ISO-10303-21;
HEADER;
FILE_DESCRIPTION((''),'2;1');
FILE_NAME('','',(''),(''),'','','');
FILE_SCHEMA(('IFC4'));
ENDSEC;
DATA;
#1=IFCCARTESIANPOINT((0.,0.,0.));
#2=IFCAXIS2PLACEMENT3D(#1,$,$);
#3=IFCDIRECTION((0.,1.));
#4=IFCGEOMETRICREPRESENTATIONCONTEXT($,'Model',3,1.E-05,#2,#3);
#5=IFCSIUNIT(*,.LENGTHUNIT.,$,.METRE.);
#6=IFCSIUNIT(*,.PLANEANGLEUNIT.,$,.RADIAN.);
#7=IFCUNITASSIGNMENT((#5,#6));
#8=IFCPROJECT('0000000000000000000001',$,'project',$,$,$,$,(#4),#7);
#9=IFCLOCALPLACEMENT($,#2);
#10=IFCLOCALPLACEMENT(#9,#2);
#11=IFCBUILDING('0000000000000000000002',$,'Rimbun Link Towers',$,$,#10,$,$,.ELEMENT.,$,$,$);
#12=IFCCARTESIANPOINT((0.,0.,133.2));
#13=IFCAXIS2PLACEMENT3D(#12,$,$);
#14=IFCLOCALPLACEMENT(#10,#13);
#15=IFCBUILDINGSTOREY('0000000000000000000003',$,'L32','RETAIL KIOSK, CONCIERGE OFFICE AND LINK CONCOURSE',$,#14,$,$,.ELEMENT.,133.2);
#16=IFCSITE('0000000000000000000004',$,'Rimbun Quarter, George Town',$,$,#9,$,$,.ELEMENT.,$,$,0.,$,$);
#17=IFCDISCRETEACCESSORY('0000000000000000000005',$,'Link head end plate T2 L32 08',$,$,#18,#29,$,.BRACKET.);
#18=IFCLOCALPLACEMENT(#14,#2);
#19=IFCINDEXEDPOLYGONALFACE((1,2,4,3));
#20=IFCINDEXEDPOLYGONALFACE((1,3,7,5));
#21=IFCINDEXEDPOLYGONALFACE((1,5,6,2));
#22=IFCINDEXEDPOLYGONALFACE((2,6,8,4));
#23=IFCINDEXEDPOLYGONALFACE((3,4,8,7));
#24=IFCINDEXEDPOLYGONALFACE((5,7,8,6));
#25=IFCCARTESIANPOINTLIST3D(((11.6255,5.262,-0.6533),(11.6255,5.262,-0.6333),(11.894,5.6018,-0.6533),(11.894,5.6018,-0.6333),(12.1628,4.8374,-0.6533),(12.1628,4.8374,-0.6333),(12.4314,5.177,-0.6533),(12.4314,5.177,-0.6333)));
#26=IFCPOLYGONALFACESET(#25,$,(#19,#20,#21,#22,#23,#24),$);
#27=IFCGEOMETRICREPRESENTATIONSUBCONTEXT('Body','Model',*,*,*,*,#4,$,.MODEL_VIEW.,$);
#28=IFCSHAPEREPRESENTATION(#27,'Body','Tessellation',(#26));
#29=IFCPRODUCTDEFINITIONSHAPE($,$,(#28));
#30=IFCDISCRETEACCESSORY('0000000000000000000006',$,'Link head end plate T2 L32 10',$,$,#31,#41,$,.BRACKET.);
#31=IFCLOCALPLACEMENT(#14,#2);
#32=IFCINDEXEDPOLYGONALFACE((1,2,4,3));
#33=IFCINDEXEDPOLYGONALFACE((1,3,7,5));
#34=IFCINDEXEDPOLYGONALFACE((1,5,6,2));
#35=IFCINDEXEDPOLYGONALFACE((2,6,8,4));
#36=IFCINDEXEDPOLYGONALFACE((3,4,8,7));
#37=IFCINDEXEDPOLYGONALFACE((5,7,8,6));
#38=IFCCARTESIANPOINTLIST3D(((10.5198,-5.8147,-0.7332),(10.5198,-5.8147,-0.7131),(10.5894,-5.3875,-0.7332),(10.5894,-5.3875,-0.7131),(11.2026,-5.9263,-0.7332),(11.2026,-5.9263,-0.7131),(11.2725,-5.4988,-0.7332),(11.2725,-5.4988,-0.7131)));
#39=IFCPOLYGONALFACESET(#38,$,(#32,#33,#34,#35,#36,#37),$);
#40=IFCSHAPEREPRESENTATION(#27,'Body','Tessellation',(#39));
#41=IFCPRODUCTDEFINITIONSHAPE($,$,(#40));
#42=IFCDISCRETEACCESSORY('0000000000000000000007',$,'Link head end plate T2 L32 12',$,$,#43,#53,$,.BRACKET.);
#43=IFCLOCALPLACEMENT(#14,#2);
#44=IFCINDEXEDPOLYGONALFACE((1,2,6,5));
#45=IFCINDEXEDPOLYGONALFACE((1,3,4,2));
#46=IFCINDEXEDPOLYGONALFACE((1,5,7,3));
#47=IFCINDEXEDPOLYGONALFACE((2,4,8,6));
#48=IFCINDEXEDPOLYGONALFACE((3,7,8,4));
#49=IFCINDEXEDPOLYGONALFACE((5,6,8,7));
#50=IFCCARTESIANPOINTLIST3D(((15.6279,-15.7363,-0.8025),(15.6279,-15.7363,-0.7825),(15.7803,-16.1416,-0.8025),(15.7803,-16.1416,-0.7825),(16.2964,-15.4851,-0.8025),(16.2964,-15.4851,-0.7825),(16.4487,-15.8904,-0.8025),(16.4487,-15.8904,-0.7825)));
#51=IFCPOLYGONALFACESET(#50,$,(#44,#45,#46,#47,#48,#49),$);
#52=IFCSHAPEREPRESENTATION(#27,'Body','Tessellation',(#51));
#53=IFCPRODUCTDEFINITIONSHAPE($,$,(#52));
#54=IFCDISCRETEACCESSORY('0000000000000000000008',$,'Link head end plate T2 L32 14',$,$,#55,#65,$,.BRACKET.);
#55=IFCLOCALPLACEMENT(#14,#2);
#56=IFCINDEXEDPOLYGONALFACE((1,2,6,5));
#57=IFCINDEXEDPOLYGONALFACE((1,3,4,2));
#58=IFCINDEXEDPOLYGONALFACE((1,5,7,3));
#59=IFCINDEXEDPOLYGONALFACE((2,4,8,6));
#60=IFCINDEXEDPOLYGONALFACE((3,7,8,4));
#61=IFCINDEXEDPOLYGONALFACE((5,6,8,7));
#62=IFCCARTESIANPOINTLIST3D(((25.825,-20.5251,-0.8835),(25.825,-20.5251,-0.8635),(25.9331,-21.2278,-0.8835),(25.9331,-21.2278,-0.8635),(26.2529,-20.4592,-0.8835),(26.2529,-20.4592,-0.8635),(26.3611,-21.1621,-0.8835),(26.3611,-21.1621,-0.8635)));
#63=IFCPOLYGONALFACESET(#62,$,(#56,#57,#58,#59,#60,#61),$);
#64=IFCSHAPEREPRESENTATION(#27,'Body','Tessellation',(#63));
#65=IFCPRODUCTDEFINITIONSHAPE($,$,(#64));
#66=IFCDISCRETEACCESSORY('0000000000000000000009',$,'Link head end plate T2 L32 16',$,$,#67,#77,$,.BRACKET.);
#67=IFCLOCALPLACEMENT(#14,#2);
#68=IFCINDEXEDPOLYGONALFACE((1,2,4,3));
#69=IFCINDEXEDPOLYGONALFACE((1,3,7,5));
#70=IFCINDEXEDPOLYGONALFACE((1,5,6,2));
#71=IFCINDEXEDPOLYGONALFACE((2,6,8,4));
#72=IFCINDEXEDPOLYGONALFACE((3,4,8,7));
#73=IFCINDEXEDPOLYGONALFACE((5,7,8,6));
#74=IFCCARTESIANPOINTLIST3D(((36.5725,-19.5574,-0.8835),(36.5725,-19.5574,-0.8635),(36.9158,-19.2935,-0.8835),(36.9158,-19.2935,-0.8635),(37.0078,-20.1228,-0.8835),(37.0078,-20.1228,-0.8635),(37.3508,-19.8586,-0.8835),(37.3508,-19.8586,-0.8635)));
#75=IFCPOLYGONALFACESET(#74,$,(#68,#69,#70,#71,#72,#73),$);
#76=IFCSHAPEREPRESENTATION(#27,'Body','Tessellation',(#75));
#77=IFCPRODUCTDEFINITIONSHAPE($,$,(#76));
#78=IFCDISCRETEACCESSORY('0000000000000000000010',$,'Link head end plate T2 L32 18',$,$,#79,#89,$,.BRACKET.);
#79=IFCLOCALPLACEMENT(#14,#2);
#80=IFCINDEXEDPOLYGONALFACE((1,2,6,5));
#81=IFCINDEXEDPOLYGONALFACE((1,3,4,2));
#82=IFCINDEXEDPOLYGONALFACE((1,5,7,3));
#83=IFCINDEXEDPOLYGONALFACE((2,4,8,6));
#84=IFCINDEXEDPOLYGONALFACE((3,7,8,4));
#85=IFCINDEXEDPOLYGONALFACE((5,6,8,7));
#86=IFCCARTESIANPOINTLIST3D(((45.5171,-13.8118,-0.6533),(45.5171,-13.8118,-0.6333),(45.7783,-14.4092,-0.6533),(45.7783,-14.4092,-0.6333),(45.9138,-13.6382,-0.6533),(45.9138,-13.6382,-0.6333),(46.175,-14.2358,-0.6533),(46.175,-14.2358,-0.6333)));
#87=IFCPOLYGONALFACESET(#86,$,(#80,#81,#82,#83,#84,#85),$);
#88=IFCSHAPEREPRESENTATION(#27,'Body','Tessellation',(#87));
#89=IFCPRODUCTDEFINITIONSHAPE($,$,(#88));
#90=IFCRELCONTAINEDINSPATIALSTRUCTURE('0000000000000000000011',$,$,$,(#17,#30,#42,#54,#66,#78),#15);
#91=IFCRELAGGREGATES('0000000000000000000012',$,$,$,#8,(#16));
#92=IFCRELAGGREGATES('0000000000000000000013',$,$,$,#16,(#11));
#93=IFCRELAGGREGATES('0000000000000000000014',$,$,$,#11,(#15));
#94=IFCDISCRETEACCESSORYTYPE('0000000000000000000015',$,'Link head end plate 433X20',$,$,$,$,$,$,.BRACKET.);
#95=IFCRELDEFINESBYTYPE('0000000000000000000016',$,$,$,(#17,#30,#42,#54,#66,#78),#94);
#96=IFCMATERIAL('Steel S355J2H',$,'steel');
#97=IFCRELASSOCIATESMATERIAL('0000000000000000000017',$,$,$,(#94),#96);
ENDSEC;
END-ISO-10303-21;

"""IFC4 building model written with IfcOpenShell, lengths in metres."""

from ifc_helpers import new_model, si_unit, direction, frame, origin, origin_2d, place, context, subcontext, project, spatial, polyline, rectangle, outline, extrude, material, material_profile, profile_set, type_object, element, save


model = new_model("IFC4")

# Units and contexts
model_context = context("Model", 3, precision=1e-05, world=origin(), true_north=direction((0.0, 1.0)))
body_context = subcontext(model_context, "Body", "Model", "MODEL_VIEW")
ifc_project = project(units=[si_unit("LENGTHUNIT", "METRE"), si_unit("PLANEANGLEUNIT", "RADIAN")], contexts=[model_context])

# Site, building, storey
site_placement = place(None, origin())
site = spatial("IfcSite", under=ifc_project, at=site_placement, Name="Rimbun Quarter, George Town", CompositionType="ELEMENT", RefElevation=0.0)
building_placement = place(site_placement, origin())
building = spatial("IfcBuilding", under=site, at=building_placement, Name="Rimbun Link Towers", CompositionType="ELEMENT")
storey_placement = place(building_placement, frame((0.0, 0.0, 133.2)))
storey = spatial("IfcBuildingStorey", under=building, at=storey_placement, Name="L32", Description="RETAIL KIOSK, CONCIERGE OFFICE AND LINK CONCOURSE", CompositionType="ELEMENT", Elevation=133.2)

# Discrete accessories
ifc_material_1 = material(Name="Steel S355J2H", Category="steel")
ifc_material_profile_1 = material_profile(ifc_material_1, rectangle(XDim=0.4331, YDim=0.4331, at=origin_2d()), Name="PL 433x433")
ifc_profile_set_1 = profile_set([ifc_material_profile_1], Name="Steel S355J2H")
discrete_accessory_type = type_object("IfcDiscreteAccessoryType", Name="Link head end plate 433X20", PredefinedType="BRACKET", material=ifc_profile_set_1)
discrete_accessory_1_placement = place(storey_placement, frame((0.0, 0.0, -0.6533)))
element("IfcDiscreteAccessory", 1, at=discrete_accessory_1_placement, inside=storey, type_object=discrete_accessory_type, Name="Link head end plate T2 L32 08", PredefinedType="BRACKET", context=body_context, shape_type="SweptSolid", body=[
    extrude(outline(polyline([(12.4314, 5.177), (11.894, 5.6018), (11.6255, 5.262), (12.1628, 4.8374), (12.4314, 5.177)])), origin(), (0.0, 0.0, 1.0), 0.02),
])
discrete_accessory_2_placement = place(storey_placement, frame((0.0, 0.0, -0.7332)))
element("IfcDiscreteAccessory", 2, at=discrete_accessory_2_placement, inside=storey, type_object=discrete_accessory_type, Name="Link head end plate T2 L32 10", PredefinedType="BRACKET", context=body_context, shape_type="SweptSolid", body=[
    extrude(outline(polyline([(11.2725, -5.4988), (10.5894, -5.3875), (10.5198, -5.8147), (11.2026, -5.9263), (11.2725, -5.4988)])), origin(), (0.0, 0.0, 1.0), 0.02),
])
discrete_accessory_3_placement = place(storey_placement, frame((0.0, 0.0, -0.8025)))
element("IfcDiscreteAccessory", 3, at=discrete_accessory_3_placement, inside=storey, type_object=discrete_accessory_type, Name="Link head end plate T2 L32 12", PredefinedType="BRACKET", context=body_context, shape_type="SweptSolid", body=[
    extrude(outline(polyline([(16.2964, -15.4851), (15.6279, -15.7363), (15.7803, -16.1416), (16.4487, -15.8904), (16.2964, -15.4851)])), origin(), (0.0, 0.0, 1.0), 0.02),
])
discrete_accessory_4_placement = place(storey_placement, frame((0.0, 0.0, -0.8835)))
element("IfcDiscreteAccessory", 4, at=discrete_accessory_4_placement, inside=storey, type_object=discrete_accessory_type, Name="Link head end plate T2 L32 14", PredefinedType="BRACKET", context=body_context, shape_type="SweptSolid", body=[
    extrude(outline(polyline([(25.825, -20.5251), (25.9331, -21.2278), (26.3611, -21.1621), (26.2529, -20.4592), (25.825, -20.5251)])), origin(), (0.0, 0.0, 1.0), 0.02),
])
discrete_accessory_5_placement = place(storey_placement, frame((0.0, 0.0, -0.8835)))
element("IfcDiscreteAccessory", 5, at=discrete_accessory_5_placement, inside=storey, type_object=discrete_accessory_type, Name="Link head end plate T2 L32 16", PredefinedType="BRACKET", context=body_context, shape_type="SweptSolid", body=[
    extrude(outline(polyline([(36.5725, -19.5574), (37.0078, -20.1228), (37.3508, -19.8586), (36.9158, -19.2935), (36.5725, -19.5574)])), origin(), (0.0, 0.0, 1.0), 0.02),
])
discrete_accessory_6_placement = place(storey_placement, frame((0.0, 0.0, -0.6533)))
element("IfcDiscreteAccessory", 6, at=discrete_accessory_6_placement, inside=storey, type_object=discrete_accessory_type, Name="Link head end plate T2 L32 18", PredefinedType="BRACKET", context=body_context, shape_type="SweptSolid", body=[
    extrude(outline(polyline([(45.5171, -13.8118), (45.7783, -14.4092), (46.175, -14.2358), (45.9138, -13.6382), (45.5171, -13.8118)])), origin(), (0.0, 0.0, 1.0), 0.02),
])

save(model, "model.ifc")
